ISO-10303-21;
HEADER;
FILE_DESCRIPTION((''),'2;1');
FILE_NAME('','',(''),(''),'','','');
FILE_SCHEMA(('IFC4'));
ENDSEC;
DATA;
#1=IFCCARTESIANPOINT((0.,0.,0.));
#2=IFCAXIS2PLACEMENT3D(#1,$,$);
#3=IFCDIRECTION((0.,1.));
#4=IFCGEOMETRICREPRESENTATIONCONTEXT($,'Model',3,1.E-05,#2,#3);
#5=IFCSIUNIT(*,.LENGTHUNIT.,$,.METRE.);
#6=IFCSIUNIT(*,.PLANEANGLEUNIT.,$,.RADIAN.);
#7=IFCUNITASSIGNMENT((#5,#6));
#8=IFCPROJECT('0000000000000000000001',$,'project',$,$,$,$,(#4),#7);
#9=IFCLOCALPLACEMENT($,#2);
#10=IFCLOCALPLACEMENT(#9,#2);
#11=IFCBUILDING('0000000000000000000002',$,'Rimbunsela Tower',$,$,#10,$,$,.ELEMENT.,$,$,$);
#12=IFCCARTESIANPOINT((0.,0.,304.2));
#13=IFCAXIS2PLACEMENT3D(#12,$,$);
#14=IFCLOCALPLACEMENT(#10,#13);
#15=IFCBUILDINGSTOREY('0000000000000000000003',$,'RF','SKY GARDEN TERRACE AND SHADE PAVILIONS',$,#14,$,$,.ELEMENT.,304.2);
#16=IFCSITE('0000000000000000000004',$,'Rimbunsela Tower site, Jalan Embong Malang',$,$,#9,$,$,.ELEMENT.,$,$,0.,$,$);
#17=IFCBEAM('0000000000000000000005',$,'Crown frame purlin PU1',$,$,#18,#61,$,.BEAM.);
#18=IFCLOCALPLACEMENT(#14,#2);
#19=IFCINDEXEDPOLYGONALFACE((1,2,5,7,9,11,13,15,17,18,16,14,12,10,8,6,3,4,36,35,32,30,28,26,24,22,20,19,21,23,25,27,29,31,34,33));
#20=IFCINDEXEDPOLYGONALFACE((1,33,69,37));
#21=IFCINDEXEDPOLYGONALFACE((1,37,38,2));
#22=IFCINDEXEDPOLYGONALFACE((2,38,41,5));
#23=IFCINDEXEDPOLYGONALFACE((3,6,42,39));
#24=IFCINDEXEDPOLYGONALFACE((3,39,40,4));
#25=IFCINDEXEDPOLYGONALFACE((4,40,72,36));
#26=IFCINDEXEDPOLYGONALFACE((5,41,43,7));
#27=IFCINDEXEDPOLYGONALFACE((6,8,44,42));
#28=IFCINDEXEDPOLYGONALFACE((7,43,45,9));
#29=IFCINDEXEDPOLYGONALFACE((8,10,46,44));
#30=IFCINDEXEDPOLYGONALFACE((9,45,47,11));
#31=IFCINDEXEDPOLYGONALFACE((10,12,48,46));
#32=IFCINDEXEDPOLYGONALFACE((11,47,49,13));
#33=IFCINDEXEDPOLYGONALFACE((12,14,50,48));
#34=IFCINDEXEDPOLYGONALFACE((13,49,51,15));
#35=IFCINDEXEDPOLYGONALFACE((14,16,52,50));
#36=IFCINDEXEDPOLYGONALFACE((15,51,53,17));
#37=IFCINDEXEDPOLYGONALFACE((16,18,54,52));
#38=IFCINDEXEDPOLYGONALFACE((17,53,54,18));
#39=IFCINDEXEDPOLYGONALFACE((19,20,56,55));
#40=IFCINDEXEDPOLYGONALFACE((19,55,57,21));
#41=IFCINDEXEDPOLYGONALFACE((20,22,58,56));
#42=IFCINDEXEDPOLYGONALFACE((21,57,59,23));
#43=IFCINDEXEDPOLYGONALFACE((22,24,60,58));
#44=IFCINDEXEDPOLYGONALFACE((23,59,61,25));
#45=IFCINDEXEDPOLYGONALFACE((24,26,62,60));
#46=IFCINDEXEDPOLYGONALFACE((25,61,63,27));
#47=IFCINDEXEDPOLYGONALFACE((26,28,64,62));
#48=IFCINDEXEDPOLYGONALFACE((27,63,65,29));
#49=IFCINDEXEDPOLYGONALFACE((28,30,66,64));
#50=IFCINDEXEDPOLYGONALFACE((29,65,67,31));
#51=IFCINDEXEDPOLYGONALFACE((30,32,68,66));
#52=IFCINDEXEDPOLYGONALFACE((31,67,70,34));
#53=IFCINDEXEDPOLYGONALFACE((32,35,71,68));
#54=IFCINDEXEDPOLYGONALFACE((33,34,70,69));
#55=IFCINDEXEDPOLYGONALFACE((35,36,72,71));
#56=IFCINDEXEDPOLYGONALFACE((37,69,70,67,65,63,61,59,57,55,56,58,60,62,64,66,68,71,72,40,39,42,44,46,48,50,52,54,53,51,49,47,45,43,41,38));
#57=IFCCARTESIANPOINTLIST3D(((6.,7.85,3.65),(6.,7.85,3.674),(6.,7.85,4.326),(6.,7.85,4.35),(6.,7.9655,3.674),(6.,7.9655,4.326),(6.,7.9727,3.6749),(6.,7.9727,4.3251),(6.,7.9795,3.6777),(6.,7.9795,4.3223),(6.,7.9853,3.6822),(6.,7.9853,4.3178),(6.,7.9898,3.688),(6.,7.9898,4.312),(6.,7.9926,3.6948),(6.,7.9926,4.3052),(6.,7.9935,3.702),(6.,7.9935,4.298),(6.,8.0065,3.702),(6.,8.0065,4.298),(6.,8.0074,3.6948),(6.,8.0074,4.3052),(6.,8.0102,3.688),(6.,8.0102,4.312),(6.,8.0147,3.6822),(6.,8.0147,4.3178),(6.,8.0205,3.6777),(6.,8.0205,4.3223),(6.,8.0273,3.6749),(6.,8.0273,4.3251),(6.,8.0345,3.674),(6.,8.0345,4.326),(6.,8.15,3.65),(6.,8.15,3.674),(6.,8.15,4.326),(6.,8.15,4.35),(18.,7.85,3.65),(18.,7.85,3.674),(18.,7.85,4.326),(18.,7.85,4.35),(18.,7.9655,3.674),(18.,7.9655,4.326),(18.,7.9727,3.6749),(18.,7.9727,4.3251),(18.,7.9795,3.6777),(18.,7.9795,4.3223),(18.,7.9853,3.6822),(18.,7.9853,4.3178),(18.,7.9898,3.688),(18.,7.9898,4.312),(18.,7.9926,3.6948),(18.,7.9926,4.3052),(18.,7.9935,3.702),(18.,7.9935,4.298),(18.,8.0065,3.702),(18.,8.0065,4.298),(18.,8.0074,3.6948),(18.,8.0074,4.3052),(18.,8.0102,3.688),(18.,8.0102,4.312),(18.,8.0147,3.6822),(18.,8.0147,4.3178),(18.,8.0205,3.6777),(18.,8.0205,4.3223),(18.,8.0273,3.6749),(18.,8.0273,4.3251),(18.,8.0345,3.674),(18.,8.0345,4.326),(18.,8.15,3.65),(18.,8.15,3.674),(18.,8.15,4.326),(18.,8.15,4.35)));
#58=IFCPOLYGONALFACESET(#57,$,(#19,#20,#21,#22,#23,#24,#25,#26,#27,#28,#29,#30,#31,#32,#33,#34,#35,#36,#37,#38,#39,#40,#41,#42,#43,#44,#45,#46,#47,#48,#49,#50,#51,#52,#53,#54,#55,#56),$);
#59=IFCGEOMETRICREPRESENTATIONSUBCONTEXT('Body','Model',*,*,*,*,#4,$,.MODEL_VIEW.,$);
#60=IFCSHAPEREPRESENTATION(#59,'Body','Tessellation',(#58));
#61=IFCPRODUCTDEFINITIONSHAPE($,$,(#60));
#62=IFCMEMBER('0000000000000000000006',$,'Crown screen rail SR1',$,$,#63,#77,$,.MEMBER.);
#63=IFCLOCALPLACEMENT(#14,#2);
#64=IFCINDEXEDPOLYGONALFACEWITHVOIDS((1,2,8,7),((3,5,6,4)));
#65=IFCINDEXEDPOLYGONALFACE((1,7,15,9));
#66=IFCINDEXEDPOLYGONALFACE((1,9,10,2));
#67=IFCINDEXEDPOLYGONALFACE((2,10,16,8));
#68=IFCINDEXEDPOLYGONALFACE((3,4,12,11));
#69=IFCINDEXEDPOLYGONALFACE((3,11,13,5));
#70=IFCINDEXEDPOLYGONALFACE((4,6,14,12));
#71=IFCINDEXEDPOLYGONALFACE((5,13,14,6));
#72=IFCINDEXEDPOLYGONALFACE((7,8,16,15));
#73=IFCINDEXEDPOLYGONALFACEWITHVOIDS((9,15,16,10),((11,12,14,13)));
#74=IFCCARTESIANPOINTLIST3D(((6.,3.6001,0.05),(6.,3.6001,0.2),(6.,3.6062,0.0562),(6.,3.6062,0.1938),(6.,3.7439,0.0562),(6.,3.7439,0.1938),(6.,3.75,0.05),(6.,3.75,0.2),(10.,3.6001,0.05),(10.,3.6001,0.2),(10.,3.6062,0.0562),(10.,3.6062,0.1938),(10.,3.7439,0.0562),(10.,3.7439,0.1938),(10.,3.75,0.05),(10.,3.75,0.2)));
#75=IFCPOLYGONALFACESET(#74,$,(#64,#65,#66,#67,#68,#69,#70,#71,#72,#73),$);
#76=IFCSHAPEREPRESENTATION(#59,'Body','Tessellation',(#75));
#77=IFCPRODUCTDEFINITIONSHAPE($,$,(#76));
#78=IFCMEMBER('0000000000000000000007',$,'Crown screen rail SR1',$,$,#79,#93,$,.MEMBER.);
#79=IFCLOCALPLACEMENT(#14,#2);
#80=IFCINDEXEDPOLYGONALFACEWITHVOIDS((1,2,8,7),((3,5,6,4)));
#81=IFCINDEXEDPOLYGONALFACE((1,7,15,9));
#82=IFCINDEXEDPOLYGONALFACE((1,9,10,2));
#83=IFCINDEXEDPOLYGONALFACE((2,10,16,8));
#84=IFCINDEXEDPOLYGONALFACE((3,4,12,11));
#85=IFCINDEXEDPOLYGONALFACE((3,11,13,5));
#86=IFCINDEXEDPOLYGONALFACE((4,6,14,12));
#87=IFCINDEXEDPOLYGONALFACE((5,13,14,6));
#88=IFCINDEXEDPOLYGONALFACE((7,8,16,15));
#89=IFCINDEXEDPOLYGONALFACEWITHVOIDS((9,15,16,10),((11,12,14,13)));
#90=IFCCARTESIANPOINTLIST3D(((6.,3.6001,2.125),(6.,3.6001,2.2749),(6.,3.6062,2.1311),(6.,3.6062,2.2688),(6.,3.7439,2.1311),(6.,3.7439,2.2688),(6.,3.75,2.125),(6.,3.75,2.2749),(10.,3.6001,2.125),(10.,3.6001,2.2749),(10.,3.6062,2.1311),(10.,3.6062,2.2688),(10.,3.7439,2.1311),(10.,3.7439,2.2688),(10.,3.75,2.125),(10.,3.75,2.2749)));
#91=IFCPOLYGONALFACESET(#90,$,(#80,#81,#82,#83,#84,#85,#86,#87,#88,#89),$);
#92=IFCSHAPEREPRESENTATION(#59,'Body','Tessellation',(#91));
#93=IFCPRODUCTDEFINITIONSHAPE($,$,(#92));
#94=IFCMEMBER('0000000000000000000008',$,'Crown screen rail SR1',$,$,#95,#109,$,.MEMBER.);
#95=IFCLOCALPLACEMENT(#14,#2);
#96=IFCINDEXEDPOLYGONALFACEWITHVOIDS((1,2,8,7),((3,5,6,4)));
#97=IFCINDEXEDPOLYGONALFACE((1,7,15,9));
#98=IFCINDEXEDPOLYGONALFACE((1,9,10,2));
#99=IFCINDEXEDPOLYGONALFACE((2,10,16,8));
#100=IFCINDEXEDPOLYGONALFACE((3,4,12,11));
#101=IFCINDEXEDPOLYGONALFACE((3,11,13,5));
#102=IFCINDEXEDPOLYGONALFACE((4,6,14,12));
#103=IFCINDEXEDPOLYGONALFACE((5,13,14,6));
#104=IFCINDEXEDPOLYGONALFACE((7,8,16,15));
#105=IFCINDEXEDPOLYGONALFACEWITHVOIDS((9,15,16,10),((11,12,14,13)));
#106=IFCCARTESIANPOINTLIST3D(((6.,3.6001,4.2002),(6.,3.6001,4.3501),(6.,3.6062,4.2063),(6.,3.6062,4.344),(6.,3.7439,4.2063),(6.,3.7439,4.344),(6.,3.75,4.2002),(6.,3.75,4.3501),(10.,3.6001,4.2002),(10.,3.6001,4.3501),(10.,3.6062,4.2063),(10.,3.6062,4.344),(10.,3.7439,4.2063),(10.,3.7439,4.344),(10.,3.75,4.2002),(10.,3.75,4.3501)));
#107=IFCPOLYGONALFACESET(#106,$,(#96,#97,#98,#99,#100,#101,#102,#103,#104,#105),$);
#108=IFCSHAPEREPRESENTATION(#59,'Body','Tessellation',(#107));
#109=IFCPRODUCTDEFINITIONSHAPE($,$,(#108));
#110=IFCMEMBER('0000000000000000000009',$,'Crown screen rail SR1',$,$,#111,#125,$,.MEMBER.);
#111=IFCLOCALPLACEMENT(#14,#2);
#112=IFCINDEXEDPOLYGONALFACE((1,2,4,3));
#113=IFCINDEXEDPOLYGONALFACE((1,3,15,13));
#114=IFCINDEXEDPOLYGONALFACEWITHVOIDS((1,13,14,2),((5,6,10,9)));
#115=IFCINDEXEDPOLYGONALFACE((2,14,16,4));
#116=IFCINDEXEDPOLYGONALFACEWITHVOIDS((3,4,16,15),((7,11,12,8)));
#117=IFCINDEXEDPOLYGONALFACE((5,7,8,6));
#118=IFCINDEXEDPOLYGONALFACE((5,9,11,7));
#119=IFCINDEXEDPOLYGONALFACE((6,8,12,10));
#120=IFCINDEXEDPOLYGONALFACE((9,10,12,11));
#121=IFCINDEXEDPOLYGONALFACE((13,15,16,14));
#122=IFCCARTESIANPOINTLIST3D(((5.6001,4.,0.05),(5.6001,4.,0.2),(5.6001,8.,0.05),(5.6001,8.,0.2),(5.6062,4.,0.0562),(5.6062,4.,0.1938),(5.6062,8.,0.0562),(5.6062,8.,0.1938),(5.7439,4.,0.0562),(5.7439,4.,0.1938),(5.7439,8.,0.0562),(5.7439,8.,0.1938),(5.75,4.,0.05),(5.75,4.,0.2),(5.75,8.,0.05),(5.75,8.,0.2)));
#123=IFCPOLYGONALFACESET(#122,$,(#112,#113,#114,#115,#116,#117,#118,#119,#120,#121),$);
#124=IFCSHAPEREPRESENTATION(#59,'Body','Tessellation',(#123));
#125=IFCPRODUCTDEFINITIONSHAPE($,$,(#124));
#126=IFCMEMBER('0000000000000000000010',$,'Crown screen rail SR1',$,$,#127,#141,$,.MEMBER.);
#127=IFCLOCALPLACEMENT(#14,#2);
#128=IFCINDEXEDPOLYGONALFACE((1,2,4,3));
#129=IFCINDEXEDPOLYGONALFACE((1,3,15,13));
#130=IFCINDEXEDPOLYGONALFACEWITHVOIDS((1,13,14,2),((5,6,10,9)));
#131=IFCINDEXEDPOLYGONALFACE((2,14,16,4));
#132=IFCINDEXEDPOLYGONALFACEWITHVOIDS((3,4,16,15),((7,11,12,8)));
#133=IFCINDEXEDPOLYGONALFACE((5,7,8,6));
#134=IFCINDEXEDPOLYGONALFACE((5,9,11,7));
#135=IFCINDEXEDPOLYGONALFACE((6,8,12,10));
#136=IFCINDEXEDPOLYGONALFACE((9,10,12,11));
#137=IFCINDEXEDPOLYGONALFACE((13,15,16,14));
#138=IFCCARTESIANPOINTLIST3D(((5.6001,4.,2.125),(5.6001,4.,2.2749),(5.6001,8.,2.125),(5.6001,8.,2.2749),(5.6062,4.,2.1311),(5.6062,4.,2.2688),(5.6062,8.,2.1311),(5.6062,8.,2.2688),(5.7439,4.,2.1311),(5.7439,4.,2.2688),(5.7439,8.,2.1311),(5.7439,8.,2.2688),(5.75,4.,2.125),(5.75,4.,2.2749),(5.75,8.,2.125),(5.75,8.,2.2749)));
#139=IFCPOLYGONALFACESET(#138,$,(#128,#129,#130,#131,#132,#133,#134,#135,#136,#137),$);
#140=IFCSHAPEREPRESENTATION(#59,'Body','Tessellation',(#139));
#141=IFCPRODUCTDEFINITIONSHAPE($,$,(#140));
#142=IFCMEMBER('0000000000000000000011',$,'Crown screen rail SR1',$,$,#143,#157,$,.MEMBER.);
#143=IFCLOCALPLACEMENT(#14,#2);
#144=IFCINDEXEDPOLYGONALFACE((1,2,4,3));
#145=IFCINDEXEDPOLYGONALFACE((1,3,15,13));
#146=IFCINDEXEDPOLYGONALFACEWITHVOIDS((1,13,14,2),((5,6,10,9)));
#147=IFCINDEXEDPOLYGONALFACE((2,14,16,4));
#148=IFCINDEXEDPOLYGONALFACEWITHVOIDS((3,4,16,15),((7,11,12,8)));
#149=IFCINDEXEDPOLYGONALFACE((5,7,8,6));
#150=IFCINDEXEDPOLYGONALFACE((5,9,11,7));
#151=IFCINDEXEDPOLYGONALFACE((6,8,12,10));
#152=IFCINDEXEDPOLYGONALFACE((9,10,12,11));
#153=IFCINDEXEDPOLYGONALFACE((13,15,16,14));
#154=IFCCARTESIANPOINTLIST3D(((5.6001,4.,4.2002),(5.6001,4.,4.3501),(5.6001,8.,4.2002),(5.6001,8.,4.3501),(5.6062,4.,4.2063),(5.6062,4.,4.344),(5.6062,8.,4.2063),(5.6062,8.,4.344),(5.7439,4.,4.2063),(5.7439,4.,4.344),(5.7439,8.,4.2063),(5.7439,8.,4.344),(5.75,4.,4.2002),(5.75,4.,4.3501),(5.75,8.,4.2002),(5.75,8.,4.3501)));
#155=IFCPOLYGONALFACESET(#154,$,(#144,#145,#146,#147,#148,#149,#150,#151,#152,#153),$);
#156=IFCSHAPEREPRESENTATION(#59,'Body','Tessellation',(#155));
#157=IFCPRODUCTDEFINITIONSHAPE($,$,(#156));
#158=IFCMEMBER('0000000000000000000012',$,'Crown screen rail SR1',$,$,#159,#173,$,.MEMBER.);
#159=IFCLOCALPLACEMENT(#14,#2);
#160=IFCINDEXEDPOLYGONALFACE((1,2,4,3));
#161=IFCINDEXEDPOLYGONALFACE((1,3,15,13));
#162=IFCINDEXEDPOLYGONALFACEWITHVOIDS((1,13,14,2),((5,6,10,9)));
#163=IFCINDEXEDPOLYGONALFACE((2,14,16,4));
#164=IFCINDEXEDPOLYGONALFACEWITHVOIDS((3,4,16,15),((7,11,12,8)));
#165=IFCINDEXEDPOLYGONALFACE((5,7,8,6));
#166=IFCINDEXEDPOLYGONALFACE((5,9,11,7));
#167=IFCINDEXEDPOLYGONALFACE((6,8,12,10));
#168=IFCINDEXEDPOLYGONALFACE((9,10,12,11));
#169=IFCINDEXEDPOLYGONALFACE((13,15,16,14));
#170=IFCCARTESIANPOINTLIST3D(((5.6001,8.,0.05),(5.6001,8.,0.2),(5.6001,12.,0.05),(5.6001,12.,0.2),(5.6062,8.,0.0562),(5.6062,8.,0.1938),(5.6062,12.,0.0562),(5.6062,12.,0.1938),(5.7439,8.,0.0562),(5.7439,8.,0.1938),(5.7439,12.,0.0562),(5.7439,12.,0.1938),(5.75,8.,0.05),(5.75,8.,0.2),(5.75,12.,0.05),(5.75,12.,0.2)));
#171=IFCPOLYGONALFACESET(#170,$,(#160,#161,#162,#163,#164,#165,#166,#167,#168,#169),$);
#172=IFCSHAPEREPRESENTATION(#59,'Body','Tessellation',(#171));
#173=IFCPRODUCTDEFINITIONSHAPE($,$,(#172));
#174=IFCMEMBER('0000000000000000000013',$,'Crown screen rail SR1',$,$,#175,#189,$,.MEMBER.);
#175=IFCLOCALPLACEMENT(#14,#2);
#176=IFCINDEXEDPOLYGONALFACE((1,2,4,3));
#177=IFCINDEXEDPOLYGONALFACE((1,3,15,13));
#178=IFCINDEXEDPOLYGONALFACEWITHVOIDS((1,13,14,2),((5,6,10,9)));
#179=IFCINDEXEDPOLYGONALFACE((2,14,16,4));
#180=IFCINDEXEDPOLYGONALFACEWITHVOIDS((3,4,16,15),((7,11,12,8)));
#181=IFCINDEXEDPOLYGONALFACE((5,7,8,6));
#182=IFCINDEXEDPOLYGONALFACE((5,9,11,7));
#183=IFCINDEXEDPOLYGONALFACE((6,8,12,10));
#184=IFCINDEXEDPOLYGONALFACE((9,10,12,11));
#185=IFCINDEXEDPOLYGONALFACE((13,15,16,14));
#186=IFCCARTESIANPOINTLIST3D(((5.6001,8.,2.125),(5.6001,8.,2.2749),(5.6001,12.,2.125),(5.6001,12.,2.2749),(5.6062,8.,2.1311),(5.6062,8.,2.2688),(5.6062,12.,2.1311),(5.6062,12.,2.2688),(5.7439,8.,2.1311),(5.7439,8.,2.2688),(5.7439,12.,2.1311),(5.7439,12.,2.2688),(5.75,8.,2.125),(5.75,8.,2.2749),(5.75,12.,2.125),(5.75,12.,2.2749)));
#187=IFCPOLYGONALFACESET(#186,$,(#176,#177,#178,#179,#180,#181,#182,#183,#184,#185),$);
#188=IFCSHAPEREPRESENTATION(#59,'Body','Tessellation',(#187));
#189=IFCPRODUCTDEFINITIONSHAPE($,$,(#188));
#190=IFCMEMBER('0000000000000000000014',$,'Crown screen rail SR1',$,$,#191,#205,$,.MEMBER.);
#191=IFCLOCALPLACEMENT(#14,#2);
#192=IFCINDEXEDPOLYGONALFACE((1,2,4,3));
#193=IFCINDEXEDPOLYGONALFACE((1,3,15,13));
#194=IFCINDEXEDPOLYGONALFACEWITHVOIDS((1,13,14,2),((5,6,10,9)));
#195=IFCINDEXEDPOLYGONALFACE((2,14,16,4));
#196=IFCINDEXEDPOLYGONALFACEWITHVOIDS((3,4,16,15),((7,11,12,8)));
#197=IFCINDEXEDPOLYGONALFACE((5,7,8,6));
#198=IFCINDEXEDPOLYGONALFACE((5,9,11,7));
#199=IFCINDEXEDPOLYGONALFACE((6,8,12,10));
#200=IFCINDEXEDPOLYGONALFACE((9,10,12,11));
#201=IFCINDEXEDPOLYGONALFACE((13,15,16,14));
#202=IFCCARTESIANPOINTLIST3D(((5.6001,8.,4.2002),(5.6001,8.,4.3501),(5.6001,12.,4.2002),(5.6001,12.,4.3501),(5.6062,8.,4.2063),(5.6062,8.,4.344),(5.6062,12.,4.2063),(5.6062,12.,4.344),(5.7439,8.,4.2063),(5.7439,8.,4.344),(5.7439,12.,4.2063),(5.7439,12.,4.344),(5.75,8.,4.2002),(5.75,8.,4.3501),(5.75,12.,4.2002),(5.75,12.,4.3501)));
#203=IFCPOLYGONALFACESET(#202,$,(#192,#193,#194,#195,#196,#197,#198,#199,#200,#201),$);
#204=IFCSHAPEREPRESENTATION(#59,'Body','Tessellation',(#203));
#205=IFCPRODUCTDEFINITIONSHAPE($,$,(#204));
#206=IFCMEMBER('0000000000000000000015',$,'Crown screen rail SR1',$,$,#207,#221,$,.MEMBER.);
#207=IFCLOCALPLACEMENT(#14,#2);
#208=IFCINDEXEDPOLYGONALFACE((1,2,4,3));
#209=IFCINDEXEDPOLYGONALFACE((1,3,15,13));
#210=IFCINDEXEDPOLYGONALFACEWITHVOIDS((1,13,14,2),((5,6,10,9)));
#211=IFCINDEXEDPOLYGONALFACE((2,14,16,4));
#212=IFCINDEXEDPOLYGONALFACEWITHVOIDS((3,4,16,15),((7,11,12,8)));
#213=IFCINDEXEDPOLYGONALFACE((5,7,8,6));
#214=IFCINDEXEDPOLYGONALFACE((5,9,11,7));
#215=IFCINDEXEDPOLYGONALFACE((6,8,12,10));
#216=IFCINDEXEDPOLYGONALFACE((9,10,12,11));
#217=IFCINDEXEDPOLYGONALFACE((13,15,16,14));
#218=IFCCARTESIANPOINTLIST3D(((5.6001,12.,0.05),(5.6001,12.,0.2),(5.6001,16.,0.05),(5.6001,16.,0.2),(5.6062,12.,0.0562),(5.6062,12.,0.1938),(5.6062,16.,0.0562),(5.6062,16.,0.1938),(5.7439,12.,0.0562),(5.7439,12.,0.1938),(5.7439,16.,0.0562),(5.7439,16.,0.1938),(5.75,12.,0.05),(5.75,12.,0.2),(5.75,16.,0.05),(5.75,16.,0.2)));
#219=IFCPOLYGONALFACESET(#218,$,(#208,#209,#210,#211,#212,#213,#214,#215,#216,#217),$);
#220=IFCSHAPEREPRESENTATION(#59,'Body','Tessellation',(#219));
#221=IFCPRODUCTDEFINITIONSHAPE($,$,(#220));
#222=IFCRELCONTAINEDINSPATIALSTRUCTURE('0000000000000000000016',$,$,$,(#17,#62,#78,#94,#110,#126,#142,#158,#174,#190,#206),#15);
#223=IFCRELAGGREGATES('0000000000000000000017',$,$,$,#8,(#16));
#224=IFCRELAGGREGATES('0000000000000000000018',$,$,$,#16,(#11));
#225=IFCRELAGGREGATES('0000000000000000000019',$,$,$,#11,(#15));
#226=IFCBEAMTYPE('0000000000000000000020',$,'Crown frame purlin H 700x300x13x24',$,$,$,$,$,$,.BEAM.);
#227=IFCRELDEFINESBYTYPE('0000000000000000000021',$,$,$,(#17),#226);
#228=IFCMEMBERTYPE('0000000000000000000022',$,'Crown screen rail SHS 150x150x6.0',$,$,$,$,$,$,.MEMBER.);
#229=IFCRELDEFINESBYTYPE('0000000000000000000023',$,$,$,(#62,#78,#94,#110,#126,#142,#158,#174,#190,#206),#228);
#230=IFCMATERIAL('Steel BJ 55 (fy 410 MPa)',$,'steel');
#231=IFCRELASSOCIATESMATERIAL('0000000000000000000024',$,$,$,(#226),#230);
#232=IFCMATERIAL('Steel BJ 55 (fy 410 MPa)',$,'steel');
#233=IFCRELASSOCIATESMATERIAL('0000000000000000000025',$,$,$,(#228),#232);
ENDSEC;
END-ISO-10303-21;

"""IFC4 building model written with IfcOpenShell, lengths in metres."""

from ifc_helpers import new_model, si_unit, direction, frame, origin, origin_2d, place, context, subcontext, project, spatial, hollow_rectangle, i_section, extrude, material, material_profile, profile_set, type_object, element, save


model = new_model("IFC4")

# Units and contexts
model_context = context("Model", 3, precision=1e-05, world=origin(), true_north=direction((0.0, 1.0)))
body_context = subcontext(model_context, "Body", "Model", "MODEL_VIEW")
ifc_project = project(units=[si_unit("LENGTHUNIT", "METRE"), si_unit("PLANEANGLEUNIT", "RADIAN")], contexts=[model_context])

# Site, building, storey
site_placement = place(None, origin())
site = spatial("IfcSite", under=ifc_project, at=site_placement, Name="Rimbunsela Tower site, Jalan Embong Malang", CompositionType="ELEMENT", RefElevation=0.0)
building_placement = place(site_placement, origin())
building = spatial("IfcBuilding", under=site, at=building_placement, Name="Rimbunsela Tower", CompositionType="ELEMENT")
storey_placement = place(building_placement, frame((0.0, 0.0, 304.2)))
storey = spatial("IfcBuildingStorey", under=building, at=storey_placement, Name="RF", Description="SKY GARDEN TERRACE AND SHADE PAVILIONS", CompositionType="ELEMENT", Elevation=304.2)

# Beam
ifc_material_1 = material(Name="Steel BJ 55 (fy 410 MPa)", Category="steel")
ifc_material_profile_1 = material_profile(ifc_material_1, i_section(OverallWidth=0.3, OverallDepth=0.7, WebThickness=0.0129, FlangeThickness=0.0239, FilletRadius=0.0281, at=origin_2d()), Name="H 700x300x13x24")
ifc_profile_set_1 = profile_set([ifc_material_profile_1], Name="Steel BJ 55 (fy 410 MPa)")
beam_type_1 = type_object("IfcBeamType", Name="Crown frame purlin H 700x300x13x24", PredefinedType="BEAM", material=ifc_profile_set_1)
beam_placement = place(storey_placement, frame((6.0, 8.0, 4.0), z_axis=(1.0, 0.0, 0.0), x_axis=(0.0, 1.0, 0.0)))
element("IfcBeam", 1, at=beam_placement, inside=storey, type_object=beam_type_1, Name="Crown frame purlin PU1", PredefinedType="BEAM", context=body_context, shape_type="SweptSolid", body=[
    extrude(i_section(OverallWidth=0.3, OverallDepth=0.7, WebThickness=0.0129, FlangeThickness=0.0239, FilletRadius=0.0281, at=origin_2d()), origin(), (0.0, 0.0, 1.0), 12.0),
])

# Members
ifc_material_2 = material(Name="Steel BJ 55 (fy 410 MPa)", Category="steel")
ifc_material_profile_2 = material_profile(ifc_material_2, hollow_rectangle(XDim=0.1499, YDim=0.1499, WallThickness=0.0061, at=origin_2d()), Name="SHS 150x150x6.0")
ifc_profile_set_2 = profile_set([ifc_material_profile_2], Name="Steel BJ 55 (fy 410 MPa)")
member_type_1 = type_object("IfcMemberType", Name="Crown screen rail SHS 150x150x6.0", PredefinedType="MEMBER", material=ifc_profile_set_2)
for number, where, z_axis, x_axis, name in (
    (2, (6.0, 3.675, 0.125), (1.0, 0.0, 0.0), (0.0, 1.0, 0.0), "Crown screen rail SR1"),
    (3, (6.0, 3.675, 2.2), (1.0, 0.0, 0.0), (0.0, 1.0, 0.0), "Crown screen rail SR1"),
    (4, (6.0, 3.675, 4.2751), (1.0, 0.0, 0.0), (0.0, 1.0, 0.0), "Crown screen rail SR1"),
    (5, (5.675, 4.0, 0.125), (0.0, 1.0, 0.0), (-1.0, 0.0, 0.0), "Crown screen rail SR1"),
    (6, (5.675, 4.0, 2.2), (0.0, 1.0, 0.0), (-1.0, 0.0, 0.0), "Crown screen rail SR1"),
    (7, (5.675, 4.0, 4.2751), (0.0, 1.0, 0.0), (-1.0, 0.0, 0.0), "Crown screen rail SR1"),
    (8, (5.675, 8.0, 0.125), (0.0, 1.0, 0.0), (-1.0, 0.0, 0.0), "Crown screen rail SR1"),
    (9, (5.675, 8.0, 2.2), (0.0, 1.0, 0.0), (-1.0, 0.0, 0.0), "Crown screen rail SR1"),
    (10, (5.675, 8.0, 4.2751), (0.0, 1.0, 0.0), (-1.0, 0.0, 0.0), "Crown screen rail SR1"),
    (11, (5.675, 12.0, 0.125), (0.0, 1.0, 0.0), (-1.0, 0.0, 0.0), "Crown screen rail SR1"),
):
    element("IfcMember", number, at=place(storey_placement, frame(where, z_axis=z_axis, x_axis=x_axis)), inside=storey, type_object=member_type_1, Name=name, PredefinedType="MEMBER", context=body_context, shape_type="SweptSolid", body=[
        extrude(hollow_rectangle(XDim=0.1499, YDim=0.1499, WallThickness=0.0061, at=origin_2d()), origin(), (0.0, 0.0, 1.0), 4.0),
    ])

save(model, "model.ifc")
